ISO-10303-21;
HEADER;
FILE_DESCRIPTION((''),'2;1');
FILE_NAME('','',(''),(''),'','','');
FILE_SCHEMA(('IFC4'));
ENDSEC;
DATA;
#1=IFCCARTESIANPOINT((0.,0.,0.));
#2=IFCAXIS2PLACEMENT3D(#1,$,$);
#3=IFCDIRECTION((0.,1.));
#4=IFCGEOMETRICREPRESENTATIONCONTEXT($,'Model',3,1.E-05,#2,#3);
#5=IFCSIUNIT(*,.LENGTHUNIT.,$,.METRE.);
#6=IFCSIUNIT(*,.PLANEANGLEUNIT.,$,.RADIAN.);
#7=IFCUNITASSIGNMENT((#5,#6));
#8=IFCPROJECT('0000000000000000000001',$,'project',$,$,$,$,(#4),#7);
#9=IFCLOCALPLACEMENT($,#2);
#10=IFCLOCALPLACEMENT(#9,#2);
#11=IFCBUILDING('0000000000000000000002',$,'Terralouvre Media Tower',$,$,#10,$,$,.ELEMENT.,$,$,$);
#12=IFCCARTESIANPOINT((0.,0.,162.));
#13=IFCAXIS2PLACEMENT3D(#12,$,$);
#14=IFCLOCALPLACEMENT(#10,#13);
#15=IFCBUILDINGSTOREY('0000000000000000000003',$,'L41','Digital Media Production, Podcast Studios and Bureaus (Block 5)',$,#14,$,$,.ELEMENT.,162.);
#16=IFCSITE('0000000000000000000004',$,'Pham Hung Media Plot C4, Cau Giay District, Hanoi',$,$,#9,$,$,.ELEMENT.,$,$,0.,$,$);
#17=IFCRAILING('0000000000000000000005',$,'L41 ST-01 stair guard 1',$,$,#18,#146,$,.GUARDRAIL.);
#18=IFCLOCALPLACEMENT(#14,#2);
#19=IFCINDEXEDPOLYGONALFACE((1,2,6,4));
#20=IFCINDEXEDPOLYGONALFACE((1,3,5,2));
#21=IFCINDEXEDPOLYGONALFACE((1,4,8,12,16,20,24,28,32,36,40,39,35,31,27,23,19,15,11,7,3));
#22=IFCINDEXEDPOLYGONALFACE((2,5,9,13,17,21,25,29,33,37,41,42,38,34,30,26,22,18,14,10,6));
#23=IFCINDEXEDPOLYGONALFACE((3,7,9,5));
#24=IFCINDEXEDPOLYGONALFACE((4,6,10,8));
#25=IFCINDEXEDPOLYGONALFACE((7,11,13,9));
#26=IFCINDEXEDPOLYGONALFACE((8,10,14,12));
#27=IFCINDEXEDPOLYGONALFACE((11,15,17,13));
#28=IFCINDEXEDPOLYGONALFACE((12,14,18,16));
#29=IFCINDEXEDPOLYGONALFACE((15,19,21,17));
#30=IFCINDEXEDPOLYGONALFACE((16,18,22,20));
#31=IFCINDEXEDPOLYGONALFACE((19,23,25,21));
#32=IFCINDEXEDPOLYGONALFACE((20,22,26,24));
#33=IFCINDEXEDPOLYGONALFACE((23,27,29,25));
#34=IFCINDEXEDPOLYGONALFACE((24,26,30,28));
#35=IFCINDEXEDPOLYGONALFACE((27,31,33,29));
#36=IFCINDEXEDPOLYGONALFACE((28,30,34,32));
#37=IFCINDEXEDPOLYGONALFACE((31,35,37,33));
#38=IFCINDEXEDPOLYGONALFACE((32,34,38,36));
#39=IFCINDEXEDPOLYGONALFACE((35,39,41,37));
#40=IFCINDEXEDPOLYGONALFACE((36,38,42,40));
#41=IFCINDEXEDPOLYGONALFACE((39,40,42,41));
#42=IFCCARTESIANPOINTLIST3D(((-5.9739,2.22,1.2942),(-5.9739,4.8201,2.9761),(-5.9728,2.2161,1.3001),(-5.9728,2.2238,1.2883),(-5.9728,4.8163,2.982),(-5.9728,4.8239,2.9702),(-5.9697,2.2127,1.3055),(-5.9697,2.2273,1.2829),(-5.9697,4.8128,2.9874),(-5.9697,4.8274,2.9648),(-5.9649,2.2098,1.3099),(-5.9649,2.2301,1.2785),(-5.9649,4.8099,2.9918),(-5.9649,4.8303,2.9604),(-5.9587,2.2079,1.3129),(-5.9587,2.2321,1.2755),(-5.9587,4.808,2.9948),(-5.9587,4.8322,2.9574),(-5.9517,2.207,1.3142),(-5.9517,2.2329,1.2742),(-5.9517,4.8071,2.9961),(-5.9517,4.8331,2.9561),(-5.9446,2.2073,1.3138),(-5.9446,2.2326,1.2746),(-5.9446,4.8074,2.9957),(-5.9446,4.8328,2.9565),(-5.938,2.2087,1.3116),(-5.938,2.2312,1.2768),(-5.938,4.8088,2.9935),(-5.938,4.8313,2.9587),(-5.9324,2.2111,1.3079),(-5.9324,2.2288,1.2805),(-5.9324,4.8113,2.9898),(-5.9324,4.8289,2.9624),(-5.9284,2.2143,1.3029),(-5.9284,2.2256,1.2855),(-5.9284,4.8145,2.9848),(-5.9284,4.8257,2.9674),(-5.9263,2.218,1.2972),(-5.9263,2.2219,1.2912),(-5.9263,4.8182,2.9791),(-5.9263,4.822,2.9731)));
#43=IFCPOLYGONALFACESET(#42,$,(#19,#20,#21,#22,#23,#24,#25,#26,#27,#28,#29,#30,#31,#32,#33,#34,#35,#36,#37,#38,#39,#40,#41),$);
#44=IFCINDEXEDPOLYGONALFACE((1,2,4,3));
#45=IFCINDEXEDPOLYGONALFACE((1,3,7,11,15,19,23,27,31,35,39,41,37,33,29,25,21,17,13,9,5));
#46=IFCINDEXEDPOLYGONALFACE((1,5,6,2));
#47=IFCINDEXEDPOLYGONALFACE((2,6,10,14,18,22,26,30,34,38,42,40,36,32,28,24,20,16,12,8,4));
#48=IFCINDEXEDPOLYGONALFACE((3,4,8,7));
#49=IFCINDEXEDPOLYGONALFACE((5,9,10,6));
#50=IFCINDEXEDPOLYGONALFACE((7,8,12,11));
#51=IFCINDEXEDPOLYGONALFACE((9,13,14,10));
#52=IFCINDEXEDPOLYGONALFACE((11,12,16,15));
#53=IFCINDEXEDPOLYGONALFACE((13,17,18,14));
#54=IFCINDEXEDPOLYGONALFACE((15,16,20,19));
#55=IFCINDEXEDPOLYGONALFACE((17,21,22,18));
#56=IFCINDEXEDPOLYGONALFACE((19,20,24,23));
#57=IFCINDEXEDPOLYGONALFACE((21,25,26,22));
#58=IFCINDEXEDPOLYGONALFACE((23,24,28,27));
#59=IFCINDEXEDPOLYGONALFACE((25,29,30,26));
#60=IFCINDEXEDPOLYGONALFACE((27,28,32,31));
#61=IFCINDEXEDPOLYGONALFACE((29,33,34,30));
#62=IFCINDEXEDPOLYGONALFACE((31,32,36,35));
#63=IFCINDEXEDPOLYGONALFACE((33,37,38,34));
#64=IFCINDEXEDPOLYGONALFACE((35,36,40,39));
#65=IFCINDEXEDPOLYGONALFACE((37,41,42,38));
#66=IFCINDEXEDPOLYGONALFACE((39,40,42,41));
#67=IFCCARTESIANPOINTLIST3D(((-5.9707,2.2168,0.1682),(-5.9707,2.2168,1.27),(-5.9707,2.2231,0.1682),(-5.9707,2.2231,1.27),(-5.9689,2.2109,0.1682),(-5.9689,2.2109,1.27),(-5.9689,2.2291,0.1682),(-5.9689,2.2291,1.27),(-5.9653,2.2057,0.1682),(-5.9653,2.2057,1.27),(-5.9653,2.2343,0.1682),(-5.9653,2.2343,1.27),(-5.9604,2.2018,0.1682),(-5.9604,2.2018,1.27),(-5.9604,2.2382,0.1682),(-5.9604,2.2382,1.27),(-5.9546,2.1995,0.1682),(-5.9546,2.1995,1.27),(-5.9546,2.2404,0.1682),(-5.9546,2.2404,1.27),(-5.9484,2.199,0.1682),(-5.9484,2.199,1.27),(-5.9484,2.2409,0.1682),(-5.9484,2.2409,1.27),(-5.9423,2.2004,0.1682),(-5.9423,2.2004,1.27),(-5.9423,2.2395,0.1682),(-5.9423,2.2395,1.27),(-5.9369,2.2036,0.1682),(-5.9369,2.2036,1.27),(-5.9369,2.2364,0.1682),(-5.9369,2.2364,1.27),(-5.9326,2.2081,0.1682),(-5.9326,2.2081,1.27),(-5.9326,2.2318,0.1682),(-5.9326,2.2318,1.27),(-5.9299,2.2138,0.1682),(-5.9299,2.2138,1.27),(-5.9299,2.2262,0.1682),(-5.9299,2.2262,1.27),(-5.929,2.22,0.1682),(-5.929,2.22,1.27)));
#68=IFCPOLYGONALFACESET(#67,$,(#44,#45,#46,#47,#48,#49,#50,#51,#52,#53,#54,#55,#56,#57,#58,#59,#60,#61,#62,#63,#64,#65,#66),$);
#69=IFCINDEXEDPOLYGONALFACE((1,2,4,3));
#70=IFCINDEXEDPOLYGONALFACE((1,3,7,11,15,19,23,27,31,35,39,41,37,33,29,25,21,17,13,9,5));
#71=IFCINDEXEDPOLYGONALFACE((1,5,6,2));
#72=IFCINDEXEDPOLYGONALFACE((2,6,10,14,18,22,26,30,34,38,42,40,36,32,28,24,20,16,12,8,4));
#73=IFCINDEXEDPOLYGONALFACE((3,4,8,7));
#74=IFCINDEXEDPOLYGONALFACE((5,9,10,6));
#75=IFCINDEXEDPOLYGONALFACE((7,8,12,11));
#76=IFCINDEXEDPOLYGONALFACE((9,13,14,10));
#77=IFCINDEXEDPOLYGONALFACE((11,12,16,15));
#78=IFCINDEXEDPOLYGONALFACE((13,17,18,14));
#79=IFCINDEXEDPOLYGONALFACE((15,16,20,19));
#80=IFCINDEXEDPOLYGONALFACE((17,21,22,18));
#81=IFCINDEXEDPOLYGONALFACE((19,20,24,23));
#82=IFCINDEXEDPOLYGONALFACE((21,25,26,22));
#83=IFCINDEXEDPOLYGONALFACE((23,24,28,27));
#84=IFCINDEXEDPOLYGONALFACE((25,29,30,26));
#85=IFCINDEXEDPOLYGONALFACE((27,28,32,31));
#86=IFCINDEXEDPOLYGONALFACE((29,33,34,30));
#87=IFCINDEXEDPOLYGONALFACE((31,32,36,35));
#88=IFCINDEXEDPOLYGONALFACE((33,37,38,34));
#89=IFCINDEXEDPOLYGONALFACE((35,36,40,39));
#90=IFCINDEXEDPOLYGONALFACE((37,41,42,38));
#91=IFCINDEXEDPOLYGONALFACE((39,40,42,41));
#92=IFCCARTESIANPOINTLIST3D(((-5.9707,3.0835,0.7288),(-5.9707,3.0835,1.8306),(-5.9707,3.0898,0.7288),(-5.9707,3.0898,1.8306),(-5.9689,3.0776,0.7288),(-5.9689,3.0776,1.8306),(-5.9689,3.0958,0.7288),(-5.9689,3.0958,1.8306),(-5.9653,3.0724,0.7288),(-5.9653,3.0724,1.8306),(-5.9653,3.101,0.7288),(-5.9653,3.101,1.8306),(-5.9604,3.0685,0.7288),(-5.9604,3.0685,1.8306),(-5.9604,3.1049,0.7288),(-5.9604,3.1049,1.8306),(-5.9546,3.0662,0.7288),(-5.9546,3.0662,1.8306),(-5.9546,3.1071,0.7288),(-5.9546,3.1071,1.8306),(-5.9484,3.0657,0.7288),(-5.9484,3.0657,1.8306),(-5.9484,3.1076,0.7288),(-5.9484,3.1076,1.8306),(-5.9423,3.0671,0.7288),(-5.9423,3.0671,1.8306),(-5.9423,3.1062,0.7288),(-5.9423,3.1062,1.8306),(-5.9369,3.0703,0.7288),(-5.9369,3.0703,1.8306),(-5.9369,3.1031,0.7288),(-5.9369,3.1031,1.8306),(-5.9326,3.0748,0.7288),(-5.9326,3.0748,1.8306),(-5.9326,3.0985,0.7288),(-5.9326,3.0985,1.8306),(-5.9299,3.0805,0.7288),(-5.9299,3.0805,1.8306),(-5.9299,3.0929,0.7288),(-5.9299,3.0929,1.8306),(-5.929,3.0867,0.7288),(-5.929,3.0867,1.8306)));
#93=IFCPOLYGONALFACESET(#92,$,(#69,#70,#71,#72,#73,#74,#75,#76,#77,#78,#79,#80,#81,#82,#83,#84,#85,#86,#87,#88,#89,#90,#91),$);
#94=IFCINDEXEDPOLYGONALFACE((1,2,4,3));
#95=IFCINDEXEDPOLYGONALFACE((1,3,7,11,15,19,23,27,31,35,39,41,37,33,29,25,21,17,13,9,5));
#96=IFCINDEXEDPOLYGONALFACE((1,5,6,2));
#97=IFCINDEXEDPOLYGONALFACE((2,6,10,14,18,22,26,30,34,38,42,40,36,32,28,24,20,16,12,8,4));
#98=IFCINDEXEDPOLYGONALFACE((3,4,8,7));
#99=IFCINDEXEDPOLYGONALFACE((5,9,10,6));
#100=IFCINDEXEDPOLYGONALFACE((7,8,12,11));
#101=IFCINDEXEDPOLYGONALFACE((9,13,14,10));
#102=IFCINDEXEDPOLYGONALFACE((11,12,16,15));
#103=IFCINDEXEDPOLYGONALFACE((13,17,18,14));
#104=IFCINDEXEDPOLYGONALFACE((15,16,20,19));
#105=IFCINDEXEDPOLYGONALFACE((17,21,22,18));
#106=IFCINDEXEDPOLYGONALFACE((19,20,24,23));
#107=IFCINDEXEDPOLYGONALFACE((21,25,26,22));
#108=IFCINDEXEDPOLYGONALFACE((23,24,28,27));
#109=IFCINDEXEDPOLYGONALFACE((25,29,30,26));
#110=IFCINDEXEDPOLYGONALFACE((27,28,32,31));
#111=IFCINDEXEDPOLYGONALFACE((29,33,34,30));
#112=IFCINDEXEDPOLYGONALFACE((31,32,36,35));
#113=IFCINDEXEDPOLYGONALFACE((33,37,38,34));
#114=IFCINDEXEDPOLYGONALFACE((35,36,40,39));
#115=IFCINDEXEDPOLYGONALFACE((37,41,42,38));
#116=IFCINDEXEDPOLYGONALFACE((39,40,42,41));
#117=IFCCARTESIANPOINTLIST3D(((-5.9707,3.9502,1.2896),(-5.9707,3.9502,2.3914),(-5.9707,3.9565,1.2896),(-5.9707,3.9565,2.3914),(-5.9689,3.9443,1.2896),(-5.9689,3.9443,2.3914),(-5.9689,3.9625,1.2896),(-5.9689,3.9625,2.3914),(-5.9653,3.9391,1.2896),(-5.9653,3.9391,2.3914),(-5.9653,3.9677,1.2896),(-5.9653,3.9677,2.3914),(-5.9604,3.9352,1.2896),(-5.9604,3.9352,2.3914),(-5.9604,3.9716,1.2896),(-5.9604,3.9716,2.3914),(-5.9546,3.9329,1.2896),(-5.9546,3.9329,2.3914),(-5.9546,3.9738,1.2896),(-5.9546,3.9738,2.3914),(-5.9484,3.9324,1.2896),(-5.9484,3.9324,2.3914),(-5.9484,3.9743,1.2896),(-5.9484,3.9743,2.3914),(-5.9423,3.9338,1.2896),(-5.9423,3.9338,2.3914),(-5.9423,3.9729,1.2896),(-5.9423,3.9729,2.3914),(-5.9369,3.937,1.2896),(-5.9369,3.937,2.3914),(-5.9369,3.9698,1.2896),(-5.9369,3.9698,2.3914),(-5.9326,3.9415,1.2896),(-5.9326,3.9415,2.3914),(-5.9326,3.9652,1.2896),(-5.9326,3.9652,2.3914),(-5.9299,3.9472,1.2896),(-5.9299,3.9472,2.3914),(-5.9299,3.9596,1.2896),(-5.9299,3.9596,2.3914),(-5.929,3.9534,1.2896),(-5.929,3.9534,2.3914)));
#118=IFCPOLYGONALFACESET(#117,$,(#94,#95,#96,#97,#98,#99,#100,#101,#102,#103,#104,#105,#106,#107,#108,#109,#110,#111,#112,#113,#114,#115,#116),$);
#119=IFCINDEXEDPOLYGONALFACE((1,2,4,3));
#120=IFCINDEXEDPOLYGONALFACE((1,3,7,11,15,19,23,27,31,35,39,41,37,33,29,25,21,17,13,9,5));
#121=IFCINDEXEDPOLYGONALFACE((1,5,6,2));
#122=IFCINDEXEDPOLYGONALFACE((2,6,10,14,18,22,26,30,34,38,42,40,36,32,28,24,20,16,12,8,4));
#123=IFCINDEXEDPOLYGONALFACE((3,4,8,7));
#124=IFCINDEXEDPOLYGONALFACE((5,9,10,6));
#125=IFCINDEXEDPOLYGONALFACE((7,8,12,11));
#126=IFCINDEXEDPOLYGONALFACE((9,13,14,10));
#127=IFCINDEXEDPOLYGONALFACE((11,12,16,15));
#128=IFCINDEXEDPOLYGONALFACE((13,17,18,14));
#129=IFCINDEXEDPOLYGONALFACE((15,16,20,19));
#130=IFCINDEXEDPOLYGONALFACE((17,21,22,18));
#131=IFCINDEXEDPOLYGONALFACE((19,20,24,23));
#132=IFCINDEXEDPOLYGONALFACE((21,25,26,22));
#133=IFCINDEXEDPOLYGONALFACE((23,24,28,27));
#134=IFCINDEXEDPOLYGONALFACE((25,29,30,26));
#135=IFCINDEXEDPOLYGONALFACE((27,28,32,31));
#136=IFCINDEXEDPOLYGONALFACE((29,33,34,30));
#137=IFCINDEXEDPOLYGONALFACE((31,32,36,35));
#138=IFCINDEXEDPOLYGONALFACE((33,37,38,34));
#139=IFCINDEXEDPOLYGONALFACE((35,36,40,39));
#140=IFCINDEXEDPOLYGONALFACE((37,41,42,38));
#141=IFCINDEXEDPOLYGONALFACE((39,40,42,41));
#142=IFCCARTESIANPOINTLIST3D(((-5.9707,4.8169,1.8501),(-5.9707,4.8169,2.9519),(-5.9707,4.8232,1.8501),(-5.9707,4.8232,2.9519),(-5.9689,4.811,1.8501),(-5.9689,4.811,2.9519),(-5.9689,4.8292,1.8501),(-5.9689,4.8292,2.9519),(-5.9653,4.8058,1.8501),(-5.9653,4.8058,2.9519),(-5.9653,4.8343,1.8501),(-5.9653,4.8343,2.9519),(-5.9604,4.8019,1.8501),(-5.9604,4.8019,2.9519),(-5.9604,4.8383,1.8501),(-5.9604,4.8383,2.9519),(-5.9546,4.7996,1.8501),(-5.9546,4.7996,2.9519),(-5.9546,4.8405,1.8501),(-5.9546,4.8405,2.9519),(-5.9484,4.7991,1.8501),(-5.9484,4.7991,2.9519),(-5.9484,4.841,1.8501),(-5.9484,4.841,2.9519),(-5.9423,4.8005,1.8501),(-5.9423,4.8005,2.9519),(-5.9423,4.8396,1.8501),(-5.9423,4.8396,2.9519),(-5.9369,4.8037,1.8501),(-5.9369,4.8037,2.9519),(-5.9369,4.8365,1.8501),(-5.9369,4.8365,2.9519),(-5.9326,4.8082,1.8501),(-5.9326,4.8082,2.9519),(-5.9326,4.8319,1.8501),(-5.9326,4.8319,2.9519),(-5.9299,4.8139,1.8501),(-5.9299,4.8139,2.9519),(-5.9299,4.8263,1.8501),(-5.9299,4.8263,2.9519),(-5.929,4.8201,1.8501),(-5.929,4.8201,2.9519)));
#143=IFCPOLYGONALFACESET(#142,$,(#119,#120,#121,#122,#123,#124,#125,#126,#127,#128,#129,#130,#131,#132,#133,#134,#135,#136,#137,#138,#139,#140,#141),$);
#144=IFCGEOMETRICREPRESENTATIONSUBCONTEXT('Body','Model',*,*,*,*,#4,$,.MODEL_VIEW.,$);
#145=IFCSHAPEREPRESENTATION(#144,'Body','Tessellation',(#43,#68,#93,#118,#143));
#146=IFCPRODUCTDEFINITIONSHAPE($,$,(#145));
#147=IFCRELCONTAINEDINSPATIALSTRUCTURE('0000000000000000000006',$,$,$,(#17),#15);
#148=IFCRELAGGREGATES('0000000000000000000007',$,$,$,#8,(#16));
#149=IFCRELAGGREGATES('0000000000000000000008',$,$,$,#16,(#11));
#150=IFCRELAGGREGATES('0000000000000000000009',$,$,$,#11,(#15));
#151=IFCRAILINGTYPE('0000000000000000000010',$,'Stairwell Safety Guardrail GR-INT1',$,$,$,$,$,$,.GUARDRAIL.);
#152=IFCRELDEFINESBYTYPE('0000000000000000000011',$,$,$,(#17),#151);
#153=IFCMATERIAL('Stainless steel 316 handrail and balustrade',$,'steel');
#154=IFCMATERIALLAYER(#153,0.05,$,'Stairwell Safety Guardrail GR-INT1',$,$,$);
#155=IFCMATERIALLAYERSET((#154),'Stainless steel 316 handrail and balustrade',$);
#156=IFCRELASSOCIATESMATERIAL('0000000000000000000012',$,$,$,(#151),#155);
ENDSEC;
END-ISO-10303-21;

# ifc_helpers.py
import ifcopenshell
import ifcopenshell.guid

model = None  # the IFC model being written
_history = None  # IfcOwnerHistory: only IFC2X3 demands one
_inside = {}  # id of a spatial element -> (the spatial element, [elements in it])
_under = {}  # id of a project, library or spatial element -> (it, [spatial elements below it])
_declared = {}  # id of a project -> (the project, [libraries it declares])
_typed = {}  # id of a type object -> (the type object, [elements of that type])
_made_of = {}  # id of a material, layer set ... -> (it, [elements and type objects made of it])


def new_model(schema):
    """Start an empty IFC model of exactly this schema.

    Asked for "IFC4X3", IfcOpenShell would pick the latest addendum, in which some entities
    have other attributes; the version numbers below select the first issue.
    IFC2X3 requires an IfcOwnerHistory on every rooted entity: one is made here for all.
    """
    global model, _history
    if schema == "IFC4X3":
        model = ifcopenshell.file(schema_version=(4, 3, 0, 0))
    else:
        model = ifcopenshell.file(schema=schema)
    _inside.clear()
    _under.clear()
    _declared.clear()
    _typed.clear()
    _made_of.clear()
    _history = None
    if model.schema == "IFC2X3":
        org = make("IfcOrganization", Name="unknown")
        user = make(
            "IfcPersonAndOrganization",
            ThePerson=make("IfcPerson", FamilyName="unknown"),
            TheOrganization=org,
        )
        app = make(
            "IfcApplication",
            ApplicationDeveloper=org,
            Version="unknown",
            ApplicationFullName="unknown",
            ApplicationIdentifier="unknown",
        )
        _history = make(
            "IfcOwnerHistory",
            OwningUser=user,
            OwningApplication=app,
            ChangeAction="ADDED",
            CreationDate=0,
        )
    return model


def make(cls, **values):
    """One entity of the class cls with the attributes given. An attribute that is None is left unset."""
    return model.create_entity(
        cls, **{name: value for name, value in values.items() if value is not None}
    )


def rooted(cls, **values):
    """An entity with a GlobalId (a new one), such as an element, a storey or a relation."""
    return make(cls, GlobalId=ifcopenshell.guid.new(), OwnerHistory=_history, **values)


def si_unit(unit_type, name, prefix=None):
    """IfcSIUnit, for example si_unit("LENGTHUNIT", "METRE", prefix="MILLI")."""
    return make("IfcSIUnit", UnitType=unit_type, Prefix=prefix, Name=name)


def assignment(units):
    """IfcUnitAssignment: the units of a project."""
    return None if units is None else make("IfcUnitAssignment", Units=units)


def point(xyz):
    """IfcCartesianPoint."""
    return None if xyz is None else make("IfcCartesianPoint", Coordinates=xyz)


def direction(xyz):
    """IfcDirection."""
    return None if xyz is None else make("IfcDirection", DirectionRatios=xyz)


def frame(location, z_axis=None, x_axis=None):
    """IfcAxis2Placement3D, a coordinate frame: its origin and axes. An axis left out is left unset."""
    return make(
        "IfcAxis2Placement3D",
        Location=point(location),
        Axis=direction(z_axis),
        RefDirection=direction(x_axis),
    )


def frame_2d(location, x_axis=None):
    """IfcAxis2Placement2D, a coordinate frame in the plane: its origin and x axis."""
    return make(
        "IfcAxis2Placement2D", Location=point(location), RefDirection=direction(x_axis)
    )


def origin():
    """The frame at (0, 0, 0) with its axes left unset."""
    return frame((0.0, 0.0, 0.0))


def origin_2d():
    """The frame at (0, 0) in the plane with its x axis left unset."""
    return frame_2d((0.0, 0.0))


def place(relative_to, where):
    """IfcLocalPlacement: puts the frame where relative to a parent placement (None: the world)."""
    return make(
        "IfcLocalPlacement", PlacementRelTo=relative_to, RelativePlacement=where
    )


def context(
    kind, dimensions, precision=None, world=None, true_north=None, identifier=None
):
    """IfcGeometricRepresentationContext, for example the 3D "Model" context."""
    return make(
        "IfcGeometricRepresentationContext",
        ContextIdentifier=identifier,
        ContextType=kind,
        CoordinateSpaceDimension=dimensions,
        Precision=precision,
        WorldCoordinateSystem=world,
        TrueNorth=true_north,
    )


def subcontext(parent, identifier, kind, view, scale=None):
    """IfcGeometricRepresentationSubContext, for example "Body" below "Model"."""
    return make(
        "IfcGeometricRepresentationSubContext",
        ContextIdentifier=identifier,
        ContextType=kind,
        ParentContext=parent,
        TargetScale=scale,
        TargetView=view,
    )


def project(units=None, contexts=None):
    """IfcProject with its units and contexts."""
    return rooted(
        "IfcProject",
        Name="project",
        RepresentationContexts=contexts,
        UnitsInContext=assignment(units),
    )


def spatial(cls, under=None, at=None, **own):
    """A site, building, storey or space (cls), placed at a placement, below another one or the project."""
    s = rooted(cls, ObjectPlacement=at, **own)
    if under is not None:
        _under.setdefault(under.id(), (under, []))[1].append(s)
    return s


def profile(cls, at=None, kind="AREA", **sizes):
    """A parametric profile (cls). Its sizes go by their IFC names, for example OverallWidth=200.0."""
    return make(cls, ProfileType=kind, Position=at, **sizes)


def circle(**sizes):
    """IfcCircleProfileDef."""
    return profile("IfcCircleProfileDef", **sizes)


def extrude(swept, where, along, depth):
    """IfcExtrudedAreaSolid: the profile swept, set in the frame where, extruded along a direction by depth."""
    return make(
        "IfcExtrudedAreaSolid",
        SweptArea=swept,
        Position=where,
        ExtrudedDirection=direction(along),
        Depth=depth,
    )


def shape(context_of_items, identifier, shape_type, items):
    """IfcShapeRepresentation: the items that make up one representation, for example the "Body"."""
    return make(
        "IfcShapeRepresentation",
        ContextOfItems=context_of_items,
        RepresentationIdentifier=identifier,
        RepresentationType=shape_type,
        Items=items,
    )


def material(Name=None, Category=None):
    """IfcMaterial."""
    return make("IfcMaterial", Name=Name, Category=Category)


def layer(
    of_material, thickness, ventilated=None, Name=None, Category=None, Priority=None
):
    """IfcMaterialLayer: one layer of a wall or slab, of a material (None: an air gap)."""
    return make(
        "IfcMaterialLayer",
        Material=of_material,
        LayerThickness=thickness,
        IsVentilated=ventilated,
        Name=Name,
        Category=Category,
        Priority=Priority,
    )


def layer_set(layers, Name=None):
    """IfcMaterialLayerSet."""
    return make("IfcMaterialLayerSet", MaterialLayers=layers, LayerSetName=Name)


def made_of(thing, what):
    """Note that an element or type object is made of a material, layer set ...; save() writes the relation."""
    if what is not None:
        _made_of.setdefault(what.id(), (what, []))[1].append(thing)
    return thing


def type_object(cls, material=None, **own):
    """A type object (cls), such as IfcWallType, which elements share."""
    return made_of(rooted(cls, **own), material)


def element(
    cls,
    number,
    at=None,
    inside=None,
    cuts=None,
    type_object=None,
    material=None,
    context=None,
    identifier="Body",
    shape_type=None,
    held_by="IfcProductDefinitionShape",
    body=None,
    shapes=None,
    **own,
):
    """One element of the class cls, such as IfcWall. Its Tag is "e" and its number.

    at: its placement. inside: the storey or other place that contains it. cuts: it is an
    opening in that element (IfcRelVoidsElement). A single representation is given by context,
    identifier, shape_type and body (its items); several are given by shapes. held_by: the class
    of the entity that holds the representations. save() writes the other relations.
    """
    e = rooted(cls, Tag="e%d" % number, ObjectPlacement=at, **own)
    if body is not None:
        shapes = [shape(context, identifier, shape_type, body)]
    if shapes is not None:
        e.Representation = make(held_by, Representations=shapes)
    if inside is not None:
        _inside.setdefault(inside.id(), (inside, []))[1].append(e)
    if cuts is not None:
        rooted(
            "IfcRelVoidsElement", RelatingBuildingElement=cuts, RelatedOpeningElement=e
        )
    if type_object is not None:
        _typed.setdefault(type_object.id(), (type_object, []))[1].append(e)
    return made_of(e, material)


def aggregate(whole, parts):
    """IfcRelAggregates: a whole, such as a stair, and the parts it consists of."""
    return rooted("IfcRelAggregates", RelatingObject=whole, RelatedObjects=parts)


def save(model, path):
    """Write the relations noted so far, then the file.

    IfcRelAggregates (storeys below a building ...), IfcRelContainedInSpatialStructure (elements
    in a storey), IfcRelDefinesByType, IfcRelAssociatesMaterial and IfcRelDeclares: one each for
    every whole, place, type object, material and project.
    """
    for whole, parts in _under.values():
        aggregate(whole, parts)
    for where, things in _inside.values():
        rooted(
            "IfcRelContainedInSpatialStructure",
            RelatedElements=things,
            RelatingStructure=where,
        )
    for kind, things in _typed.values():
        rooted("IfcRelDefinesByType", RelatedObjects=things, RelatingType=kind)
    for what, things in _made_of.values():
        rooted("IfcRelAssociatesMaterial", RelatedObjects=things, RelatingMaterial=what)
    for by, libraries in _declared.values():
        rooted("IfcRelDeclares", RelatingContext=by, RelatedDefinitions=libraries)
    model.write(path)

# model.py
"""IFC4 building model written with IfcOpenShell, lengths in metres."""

from ifc_helpers import new_model, si_unit, direction, frame, origin, origin_2d, place, context, subcontext, project, spatial, circle, extrude, material, layer, layer_set, type_object, element, save


model = new_model("IFC4")

# Units and contexts
model_context = context("Model", 3, precision=1e-05, world=origin(), true_north=direction((0.0, 1.0)))
body_context = subcontext(model_context, "Body", "Model", "MODEL_VIEW")
ifc_project = project(units=[si_unit("LENGTHUNIT", "METRE"), si_unit("PLANEANGLEUNIT", "RADIAN")], contexts=[model_context])

# Site, building, storey
site_placement = place(None, origin())
site = spatial("IfcSite", under=ifc_project, at=site_placement, Name="Pham Hung Media Plot C4, Cau Giay District, Hanoi", CompositionType="ELEMENT", RefElevation=0.0)
building_placement = place(site_placement, origin())
building = spatial("IfcBuilding", under=site, at=building_placement, Name="Terralouvre Media Tower", CompositionType="ELEMENT")
storey_placement = place(building_placement, frame((0.0, 0.0, 162.0)))
storey = spatial("IfcBuildingStorey", under=building, at=storey_placement, Name="L41", Description="Digital Media Production, Podcast Studios and Bureaus (Block 5)", CompositionType="ELEMENT", Elevation=162.0)

# Railing
ifc_material_1 = material(Name="Stainless steel 316 handrail and balustrade", Category="steel")
ifc_layer_1 = layer(ifc_material_1, 0.05, Name="Stairwell Safety Guardrail GR-INT1")
ifc_layer_set_1 = layer_set([ifc_layer_1], Name="Stainless steel 316 handrail and balustrade")
railing_type_1 = type_object("IfcRailingType", Name="Stairwell Safety Guardrail GR-INT1", PredefinedType="GUARDRAIL", material=ifc_layer_set_1)
railing_1_placement = place(storey_placement, frame((-5.95, 2.22, 0.1682)))
element("IfcRailing", 1, at=railing_1_placement, inside=storey, type_object=railing_type_1, Name="L41 ST-01 stair guard 1", PredefinedType="GUARDRAIL", context=body_context, shape_type="SweptSolid", body=[
    extrude(circle(Radius=0.0239, at=origin_2d()), frame((0.0, 0.0, 1.126), z_axis=(0.0, 0.839648, 0.54313), x_axis=(-1.0, 0.0, 0.0)), (0.0, 0.0, 1.0), 3.0967),
    extrude(circle(Radius=0.021, at=origin_2d()), origin(), (0.0, 0.0, 1.0), 1.1018),
    extrude(circle(Radius=0.021, at=origin_2d()), frame((0.0, 0.8667, 0.5605)), (0.0, 0.0, 1.0), 1.1018),
    extrude(circle(Radius=0.021, at=origin_2d()), frame((0.0, 1.7334, 1.1213)), (0.0, 0.0, 1.0), 1.1018),
    extrude(circle(Radius=0.021, at=origin_2d()), frame((0.0, 2.6001, 1.6819)), (0.0, 0.0, 1.0), 1.1018),
])

save(model, "model.ifc")
